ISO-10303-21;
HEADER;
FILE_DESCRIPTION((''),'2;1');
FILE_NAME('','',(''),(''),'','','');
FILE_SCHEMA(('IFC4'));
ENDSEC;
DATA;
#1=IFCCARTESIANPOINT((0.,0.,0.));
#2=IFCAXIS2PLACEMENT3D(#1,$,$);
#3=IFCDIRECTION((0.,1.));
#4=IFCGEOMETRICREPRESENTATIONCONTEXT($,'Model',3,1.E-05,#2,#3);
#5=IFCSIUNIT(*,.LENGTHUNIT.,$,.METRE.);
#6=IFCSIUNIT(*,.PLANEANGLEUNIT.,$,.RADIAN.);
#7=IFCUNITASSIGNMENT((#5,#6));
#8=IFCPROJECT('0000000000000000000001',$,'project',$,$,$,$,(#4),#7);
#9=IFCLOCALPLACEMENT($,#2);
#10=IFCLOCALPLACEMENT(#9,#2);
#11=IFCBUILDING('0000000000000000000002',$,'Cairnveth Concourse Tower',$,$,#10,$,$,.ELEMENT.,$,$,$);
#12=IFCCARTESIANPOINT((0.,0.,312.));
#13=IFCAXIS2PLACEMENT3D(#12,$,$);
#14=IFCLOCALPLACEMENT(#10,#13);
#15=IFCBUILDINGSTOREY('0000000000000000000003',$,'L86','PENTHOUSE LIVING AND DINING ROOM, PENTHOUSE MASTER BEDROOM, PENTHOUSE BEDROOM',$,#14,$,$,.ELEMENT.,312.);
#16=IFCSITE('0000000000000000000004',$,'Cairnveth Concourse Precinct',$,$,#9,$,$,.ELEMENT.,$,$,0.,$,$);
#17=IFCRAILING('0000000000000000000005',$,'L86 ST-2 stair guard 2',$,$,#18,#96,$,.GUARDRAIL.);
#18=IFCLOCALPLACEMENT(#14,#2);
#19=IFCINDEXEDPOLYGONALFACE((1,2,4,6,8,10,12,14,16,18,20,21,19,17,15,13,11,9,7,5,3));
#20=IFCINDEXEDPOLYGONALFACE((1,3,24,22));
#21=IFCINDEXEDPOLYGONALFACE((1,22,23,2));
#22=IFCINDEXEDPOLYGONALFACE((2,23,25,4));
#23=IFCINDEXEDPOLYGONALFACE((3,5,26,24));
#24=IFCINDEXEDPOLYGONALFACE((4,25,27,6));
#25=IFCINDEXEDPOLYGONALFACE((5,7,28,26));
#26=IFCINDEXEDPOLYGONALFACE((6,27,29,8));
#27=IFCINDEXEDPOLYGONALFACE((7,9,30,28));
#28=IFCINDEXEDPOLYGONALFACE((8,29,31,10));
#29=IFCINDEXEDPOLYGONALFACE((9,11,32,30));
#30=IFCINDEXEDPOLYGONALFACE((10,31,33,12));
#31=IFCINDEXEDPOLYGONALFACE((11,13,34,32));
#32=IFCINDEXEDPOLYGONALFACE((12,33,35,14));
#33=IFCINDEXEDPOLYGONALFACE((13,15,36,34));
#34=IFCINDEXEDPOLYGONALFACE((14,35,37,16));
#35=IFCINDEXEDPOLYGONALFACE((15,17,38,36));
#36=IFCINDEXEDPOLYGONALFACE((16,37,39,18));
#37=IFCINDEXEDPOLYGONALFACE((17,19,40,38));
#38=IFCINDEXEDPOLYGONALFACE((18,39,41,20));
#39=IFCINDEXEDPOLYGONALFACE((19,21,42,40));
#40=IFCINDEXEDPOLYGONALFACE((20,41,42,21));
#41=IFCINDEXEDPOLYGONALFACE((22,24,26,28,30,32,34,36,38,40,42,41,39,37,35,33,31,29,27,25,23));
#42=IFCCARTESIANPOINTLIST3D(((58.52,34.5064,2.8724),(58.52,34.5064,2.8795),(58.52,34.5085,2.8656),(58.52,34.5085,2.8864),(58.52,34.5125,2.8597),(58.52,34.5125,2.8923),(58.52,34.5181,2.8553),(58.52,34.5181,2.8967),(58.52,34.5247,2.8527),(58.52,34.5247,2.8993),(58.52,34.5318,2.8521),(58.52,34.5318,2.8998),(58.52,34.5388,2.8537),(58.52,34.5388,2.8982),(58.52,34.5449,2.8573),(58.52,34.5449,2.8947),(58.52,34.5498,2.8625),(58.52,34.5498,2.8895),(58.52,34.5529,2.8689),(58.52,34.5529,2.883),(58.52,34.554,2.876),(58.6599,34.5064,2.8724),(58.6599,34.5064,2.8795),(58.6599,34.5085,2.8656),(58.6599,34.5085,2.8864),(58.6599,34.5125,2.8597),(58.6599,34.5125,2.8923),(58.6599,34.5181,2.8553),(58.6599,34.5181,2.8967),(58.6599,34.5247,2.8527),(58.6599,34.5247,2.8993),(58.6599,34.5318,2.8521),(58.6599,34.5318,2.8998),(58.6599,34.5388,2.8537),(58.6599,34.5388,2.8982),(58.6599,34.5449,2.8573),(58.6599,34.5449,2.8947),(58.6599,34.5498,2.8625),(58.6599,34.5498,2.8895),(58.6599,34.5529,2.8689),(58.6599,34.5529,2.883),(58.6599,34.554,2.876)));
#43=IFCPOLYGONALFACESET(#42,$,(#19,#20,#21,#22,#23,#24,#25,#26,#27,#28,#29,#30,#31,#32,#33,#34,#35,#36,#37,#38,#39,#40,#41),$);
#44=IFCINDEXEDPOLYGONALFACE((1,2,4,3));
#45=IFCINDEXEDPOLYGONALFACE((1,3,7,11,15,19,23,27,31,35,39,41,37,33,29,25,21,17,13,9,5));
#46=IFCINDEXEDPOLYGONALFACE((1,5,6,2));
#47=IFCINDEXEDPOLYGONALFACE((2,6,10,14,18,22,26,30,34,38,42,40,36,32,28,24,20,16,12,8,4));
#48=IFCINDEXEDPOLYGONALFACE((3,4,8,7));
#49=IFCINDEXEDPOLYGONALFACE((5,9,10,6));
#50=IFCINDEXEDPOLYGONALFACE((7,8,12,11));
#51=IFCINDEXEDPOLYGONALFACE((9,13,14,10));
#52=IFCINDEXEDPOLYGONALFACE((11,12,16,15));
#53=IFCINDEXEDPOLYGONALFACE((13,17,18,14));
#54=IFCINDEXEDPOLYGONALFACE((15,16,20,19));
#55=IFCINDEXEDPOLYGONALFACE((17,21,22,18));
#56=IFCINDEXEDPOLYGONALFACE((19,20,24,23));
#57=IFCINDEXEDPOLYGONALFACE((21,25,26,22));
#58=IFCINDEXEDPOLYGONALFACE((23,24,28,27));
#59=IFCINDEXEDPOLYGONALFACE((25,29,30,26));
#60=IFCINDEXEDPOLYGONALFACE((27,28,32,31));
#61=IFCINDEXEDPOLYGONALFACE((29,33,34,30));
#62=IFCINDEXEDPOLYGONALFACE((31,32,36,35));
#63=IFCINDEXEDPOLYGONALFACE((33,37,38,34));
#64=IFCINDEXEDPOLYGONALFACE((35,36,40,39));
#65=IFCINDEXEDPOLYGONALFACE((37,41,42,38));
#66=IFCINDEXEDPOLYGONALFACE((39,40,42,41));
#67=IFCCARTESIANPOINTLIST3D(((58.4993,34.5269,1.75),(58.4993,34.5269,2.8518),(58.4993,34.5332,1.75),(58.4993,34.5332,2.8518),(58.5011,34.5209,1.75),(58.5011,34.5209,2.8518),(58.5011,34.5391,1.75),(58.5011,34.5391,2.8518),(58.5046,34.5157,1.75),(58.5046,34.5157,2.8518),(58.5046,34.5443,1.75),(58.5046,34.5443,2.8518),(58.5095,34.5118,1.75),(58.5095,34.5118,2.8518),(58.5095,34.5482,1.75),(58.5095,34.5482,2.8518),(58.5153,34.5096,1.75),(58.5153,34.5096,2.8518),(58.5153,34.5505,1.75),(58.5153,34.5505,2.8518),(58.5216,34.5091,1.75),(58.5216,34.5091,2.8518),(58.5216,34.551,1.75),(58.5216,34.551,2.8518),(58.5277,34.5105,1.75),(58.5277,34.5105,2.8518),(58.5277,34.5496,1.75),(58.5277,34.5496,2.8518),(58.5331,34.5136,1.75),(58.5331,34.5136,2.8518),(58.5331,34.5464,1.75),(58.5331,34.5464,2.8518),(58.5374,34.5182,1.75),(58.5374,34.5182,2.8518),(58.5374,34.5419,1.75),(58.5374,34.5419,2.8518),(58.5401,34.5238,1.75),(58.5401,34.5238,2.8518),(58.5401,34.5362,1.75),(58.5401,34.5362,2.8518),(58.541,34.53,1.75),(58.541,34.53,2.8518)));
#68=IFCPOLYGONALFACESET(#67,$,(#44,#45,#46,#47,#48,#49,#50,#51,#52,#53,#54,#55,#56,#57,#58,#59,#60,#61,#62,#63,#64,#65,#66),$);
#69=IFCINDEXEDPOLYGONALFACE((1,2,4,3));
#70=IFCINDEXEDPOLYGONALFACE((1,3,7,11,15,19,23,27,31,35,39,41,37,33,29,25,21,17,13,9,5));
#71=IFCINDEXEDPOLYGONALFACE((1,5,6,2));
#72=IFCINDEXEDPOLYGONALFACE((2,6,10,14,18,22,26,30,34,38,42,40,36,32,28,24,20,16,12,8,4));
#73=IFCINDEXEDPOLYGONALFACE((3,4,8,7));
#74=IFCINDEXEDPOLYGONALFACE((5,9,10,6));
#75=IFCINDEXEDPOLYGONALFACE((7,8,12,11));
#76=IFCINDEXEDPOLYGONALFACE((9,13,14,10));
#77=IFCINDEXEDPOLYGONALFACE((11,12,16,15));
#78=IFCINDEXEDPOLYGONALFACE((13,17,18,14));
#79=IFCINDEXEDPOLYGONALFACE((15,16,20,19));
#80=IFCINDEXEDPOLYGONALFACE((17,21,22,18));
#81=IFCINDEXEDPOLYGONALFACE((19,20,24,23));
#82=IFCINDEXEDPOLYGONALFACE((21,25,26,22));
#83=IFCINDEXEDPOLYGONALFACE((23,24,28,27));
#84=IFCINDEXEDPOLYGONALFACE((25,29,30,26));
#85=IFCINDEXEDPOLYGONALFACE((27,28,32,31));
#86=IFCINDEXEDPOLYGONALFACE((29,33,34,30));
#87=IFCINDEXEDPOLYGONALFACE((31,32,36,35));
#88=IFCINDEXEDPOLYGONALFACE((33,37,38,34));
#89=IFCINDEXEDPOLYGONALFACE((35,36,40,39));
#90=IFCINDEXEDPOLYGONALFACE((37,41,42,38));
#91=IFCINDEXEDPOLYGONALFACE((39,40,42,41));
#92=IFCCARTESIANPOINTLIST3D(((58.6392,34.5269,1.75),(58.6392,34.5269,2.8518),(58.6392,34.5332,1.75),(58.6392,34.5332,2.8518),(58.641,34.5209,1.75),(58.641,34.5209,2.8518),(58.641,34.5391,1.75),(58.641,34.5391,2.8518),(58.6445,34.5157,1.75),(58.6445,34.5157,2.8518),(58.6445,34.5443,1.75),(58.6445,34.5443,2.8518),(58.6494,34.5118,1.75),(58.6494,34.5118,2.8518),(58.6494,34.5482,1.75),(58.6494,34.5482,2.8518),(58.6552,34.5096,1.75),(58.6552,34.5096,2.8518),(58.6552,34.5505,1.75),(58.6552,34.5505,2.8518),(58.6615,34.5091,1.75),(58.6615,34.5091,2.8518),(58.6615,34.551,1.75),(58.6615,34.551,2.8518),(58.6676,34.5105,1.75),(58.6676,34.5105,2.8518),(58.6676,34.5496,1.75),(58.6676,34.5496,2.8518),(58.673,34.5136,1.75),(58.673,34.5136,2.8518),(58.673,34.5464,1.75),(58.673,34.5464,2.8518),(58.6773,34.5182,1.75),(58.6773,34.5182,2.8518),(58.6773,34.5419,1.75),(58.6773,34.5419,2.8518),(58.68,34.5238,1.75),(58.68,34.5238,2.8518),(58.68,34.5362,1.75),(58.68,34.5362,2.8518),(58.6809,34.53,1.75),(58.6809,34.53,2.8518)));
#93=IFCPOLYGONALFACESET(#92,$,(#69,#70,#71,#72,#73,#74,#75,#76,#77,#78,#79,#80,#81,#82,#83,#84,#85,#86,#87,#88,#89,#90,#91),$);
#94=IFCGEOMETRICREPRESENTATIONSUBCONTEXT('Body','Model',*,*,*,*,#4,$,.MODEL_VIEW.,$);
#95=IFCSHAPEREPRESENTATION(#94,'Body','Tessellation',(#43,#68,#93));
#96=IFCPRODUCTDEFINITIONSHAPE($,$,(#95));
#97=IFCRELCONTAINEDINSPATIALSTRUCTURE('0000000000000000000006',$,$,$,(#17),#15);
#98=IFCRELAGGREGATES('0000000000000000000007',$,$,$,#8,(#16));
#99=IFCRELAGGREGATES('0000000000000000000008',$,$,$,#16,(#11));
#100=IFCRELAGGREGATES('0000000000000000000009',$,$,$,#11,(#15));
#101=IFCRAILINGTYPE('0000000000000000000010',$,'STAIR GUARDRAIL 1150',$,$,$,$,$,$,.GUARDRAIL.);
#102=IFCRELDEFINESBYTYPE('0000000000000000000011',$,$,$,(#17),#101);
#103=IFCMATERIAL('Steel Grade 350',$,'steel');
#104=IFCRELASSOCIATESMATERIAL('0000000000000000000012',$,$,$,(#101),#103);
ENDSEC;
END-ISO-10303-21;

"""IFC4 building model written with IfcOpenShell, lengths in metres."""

from ifc_helpers import new_model, si_unit, direction, frame, origin, origin_2d, place, context, subcontext, project, spatial, circle, extrude, material, type_object, element, save


model = new_model("IFC4")

# Units and contexts
model_context = context("Model", 3, precision=1e-05, world=origin(), true_north=direction((0.0, 1.0)))
body_context = subcontext(model_context, "Body", "Model", "MODEL_VIEW")
ifc_project = project(units=[si_unit("LENGTHUNIT", "METRE"), si_unit("PLANEANGLEUNIT", "RADIAN")], contexts=[model_context])

# Site, building, storey
site_placement = place(None, origin())
site = spatial("IfcSite", under=ifc_project, at=site_placement, Name="Cairnveth Concourse Precinct", CompositionType="ELEMENT", RefElevation=0.0)
building_placement = place(site_placement, origin())
building = spatial("IfcBuilding", under=site, at=building_placement, Name="Cairnveth Concourse Tower", CompositionType="ELEMENT")
storey_placement = place(building_placement, frame((0.0, 0.0, 312.0)))
storey = spatial("IfcBuildingStorey", under=building, at=storey_placement, Name="L86", Description="PENTHOUSE LIVING AND DINING ROOM, PENTHOUSE MASTER BEDROOM, PENTHOUSE BEDROOM", CompositionType="ELEMENT", Elevation=312.0)

# Shared definitions
ifc_material_1 = material(Name="Steel Grade 350", Category="steel")

# Railing
railing_type_1 = type_object("IfcRailingType", Name="STAIR GUARDRAIL 1150", PredefinedType="GUARDRAIL", material=ifc_material_1)
railing_1_placement = place(storey_placement, frame((58.52, 34.53, 1.75)))
element("IfcRailing", 1, at=railing_1_placement, inside=storey, type_object=railing_type_1, Name="L86 ST-2 stair guard 2", PredefinedType="GUARDRAIL", context=body_context, shape_type="SweptSolid", body=[
    extrude(circle(Radius=0.0239, at=origin_2d()), frame((0.0, 0.0, 1.126), z_axis=(1.0, 0.0, 0.0), x_axis=(0.0, 1.0, 0.0)), (0.0, 0.0, 1.0), 0.1399),
    extrude(circle(Radius=0.021, at=origin_2d()), origin(), (0.0, 0.0, 1.0), 1.1018),
    extrude(circle(Radius=0.021, at=origin_2d()), frame((0.1399, 0.0, 0.0)), (0.0, 0.0, 1.0), 1.1018),
])

save(model, "model.ifc")
